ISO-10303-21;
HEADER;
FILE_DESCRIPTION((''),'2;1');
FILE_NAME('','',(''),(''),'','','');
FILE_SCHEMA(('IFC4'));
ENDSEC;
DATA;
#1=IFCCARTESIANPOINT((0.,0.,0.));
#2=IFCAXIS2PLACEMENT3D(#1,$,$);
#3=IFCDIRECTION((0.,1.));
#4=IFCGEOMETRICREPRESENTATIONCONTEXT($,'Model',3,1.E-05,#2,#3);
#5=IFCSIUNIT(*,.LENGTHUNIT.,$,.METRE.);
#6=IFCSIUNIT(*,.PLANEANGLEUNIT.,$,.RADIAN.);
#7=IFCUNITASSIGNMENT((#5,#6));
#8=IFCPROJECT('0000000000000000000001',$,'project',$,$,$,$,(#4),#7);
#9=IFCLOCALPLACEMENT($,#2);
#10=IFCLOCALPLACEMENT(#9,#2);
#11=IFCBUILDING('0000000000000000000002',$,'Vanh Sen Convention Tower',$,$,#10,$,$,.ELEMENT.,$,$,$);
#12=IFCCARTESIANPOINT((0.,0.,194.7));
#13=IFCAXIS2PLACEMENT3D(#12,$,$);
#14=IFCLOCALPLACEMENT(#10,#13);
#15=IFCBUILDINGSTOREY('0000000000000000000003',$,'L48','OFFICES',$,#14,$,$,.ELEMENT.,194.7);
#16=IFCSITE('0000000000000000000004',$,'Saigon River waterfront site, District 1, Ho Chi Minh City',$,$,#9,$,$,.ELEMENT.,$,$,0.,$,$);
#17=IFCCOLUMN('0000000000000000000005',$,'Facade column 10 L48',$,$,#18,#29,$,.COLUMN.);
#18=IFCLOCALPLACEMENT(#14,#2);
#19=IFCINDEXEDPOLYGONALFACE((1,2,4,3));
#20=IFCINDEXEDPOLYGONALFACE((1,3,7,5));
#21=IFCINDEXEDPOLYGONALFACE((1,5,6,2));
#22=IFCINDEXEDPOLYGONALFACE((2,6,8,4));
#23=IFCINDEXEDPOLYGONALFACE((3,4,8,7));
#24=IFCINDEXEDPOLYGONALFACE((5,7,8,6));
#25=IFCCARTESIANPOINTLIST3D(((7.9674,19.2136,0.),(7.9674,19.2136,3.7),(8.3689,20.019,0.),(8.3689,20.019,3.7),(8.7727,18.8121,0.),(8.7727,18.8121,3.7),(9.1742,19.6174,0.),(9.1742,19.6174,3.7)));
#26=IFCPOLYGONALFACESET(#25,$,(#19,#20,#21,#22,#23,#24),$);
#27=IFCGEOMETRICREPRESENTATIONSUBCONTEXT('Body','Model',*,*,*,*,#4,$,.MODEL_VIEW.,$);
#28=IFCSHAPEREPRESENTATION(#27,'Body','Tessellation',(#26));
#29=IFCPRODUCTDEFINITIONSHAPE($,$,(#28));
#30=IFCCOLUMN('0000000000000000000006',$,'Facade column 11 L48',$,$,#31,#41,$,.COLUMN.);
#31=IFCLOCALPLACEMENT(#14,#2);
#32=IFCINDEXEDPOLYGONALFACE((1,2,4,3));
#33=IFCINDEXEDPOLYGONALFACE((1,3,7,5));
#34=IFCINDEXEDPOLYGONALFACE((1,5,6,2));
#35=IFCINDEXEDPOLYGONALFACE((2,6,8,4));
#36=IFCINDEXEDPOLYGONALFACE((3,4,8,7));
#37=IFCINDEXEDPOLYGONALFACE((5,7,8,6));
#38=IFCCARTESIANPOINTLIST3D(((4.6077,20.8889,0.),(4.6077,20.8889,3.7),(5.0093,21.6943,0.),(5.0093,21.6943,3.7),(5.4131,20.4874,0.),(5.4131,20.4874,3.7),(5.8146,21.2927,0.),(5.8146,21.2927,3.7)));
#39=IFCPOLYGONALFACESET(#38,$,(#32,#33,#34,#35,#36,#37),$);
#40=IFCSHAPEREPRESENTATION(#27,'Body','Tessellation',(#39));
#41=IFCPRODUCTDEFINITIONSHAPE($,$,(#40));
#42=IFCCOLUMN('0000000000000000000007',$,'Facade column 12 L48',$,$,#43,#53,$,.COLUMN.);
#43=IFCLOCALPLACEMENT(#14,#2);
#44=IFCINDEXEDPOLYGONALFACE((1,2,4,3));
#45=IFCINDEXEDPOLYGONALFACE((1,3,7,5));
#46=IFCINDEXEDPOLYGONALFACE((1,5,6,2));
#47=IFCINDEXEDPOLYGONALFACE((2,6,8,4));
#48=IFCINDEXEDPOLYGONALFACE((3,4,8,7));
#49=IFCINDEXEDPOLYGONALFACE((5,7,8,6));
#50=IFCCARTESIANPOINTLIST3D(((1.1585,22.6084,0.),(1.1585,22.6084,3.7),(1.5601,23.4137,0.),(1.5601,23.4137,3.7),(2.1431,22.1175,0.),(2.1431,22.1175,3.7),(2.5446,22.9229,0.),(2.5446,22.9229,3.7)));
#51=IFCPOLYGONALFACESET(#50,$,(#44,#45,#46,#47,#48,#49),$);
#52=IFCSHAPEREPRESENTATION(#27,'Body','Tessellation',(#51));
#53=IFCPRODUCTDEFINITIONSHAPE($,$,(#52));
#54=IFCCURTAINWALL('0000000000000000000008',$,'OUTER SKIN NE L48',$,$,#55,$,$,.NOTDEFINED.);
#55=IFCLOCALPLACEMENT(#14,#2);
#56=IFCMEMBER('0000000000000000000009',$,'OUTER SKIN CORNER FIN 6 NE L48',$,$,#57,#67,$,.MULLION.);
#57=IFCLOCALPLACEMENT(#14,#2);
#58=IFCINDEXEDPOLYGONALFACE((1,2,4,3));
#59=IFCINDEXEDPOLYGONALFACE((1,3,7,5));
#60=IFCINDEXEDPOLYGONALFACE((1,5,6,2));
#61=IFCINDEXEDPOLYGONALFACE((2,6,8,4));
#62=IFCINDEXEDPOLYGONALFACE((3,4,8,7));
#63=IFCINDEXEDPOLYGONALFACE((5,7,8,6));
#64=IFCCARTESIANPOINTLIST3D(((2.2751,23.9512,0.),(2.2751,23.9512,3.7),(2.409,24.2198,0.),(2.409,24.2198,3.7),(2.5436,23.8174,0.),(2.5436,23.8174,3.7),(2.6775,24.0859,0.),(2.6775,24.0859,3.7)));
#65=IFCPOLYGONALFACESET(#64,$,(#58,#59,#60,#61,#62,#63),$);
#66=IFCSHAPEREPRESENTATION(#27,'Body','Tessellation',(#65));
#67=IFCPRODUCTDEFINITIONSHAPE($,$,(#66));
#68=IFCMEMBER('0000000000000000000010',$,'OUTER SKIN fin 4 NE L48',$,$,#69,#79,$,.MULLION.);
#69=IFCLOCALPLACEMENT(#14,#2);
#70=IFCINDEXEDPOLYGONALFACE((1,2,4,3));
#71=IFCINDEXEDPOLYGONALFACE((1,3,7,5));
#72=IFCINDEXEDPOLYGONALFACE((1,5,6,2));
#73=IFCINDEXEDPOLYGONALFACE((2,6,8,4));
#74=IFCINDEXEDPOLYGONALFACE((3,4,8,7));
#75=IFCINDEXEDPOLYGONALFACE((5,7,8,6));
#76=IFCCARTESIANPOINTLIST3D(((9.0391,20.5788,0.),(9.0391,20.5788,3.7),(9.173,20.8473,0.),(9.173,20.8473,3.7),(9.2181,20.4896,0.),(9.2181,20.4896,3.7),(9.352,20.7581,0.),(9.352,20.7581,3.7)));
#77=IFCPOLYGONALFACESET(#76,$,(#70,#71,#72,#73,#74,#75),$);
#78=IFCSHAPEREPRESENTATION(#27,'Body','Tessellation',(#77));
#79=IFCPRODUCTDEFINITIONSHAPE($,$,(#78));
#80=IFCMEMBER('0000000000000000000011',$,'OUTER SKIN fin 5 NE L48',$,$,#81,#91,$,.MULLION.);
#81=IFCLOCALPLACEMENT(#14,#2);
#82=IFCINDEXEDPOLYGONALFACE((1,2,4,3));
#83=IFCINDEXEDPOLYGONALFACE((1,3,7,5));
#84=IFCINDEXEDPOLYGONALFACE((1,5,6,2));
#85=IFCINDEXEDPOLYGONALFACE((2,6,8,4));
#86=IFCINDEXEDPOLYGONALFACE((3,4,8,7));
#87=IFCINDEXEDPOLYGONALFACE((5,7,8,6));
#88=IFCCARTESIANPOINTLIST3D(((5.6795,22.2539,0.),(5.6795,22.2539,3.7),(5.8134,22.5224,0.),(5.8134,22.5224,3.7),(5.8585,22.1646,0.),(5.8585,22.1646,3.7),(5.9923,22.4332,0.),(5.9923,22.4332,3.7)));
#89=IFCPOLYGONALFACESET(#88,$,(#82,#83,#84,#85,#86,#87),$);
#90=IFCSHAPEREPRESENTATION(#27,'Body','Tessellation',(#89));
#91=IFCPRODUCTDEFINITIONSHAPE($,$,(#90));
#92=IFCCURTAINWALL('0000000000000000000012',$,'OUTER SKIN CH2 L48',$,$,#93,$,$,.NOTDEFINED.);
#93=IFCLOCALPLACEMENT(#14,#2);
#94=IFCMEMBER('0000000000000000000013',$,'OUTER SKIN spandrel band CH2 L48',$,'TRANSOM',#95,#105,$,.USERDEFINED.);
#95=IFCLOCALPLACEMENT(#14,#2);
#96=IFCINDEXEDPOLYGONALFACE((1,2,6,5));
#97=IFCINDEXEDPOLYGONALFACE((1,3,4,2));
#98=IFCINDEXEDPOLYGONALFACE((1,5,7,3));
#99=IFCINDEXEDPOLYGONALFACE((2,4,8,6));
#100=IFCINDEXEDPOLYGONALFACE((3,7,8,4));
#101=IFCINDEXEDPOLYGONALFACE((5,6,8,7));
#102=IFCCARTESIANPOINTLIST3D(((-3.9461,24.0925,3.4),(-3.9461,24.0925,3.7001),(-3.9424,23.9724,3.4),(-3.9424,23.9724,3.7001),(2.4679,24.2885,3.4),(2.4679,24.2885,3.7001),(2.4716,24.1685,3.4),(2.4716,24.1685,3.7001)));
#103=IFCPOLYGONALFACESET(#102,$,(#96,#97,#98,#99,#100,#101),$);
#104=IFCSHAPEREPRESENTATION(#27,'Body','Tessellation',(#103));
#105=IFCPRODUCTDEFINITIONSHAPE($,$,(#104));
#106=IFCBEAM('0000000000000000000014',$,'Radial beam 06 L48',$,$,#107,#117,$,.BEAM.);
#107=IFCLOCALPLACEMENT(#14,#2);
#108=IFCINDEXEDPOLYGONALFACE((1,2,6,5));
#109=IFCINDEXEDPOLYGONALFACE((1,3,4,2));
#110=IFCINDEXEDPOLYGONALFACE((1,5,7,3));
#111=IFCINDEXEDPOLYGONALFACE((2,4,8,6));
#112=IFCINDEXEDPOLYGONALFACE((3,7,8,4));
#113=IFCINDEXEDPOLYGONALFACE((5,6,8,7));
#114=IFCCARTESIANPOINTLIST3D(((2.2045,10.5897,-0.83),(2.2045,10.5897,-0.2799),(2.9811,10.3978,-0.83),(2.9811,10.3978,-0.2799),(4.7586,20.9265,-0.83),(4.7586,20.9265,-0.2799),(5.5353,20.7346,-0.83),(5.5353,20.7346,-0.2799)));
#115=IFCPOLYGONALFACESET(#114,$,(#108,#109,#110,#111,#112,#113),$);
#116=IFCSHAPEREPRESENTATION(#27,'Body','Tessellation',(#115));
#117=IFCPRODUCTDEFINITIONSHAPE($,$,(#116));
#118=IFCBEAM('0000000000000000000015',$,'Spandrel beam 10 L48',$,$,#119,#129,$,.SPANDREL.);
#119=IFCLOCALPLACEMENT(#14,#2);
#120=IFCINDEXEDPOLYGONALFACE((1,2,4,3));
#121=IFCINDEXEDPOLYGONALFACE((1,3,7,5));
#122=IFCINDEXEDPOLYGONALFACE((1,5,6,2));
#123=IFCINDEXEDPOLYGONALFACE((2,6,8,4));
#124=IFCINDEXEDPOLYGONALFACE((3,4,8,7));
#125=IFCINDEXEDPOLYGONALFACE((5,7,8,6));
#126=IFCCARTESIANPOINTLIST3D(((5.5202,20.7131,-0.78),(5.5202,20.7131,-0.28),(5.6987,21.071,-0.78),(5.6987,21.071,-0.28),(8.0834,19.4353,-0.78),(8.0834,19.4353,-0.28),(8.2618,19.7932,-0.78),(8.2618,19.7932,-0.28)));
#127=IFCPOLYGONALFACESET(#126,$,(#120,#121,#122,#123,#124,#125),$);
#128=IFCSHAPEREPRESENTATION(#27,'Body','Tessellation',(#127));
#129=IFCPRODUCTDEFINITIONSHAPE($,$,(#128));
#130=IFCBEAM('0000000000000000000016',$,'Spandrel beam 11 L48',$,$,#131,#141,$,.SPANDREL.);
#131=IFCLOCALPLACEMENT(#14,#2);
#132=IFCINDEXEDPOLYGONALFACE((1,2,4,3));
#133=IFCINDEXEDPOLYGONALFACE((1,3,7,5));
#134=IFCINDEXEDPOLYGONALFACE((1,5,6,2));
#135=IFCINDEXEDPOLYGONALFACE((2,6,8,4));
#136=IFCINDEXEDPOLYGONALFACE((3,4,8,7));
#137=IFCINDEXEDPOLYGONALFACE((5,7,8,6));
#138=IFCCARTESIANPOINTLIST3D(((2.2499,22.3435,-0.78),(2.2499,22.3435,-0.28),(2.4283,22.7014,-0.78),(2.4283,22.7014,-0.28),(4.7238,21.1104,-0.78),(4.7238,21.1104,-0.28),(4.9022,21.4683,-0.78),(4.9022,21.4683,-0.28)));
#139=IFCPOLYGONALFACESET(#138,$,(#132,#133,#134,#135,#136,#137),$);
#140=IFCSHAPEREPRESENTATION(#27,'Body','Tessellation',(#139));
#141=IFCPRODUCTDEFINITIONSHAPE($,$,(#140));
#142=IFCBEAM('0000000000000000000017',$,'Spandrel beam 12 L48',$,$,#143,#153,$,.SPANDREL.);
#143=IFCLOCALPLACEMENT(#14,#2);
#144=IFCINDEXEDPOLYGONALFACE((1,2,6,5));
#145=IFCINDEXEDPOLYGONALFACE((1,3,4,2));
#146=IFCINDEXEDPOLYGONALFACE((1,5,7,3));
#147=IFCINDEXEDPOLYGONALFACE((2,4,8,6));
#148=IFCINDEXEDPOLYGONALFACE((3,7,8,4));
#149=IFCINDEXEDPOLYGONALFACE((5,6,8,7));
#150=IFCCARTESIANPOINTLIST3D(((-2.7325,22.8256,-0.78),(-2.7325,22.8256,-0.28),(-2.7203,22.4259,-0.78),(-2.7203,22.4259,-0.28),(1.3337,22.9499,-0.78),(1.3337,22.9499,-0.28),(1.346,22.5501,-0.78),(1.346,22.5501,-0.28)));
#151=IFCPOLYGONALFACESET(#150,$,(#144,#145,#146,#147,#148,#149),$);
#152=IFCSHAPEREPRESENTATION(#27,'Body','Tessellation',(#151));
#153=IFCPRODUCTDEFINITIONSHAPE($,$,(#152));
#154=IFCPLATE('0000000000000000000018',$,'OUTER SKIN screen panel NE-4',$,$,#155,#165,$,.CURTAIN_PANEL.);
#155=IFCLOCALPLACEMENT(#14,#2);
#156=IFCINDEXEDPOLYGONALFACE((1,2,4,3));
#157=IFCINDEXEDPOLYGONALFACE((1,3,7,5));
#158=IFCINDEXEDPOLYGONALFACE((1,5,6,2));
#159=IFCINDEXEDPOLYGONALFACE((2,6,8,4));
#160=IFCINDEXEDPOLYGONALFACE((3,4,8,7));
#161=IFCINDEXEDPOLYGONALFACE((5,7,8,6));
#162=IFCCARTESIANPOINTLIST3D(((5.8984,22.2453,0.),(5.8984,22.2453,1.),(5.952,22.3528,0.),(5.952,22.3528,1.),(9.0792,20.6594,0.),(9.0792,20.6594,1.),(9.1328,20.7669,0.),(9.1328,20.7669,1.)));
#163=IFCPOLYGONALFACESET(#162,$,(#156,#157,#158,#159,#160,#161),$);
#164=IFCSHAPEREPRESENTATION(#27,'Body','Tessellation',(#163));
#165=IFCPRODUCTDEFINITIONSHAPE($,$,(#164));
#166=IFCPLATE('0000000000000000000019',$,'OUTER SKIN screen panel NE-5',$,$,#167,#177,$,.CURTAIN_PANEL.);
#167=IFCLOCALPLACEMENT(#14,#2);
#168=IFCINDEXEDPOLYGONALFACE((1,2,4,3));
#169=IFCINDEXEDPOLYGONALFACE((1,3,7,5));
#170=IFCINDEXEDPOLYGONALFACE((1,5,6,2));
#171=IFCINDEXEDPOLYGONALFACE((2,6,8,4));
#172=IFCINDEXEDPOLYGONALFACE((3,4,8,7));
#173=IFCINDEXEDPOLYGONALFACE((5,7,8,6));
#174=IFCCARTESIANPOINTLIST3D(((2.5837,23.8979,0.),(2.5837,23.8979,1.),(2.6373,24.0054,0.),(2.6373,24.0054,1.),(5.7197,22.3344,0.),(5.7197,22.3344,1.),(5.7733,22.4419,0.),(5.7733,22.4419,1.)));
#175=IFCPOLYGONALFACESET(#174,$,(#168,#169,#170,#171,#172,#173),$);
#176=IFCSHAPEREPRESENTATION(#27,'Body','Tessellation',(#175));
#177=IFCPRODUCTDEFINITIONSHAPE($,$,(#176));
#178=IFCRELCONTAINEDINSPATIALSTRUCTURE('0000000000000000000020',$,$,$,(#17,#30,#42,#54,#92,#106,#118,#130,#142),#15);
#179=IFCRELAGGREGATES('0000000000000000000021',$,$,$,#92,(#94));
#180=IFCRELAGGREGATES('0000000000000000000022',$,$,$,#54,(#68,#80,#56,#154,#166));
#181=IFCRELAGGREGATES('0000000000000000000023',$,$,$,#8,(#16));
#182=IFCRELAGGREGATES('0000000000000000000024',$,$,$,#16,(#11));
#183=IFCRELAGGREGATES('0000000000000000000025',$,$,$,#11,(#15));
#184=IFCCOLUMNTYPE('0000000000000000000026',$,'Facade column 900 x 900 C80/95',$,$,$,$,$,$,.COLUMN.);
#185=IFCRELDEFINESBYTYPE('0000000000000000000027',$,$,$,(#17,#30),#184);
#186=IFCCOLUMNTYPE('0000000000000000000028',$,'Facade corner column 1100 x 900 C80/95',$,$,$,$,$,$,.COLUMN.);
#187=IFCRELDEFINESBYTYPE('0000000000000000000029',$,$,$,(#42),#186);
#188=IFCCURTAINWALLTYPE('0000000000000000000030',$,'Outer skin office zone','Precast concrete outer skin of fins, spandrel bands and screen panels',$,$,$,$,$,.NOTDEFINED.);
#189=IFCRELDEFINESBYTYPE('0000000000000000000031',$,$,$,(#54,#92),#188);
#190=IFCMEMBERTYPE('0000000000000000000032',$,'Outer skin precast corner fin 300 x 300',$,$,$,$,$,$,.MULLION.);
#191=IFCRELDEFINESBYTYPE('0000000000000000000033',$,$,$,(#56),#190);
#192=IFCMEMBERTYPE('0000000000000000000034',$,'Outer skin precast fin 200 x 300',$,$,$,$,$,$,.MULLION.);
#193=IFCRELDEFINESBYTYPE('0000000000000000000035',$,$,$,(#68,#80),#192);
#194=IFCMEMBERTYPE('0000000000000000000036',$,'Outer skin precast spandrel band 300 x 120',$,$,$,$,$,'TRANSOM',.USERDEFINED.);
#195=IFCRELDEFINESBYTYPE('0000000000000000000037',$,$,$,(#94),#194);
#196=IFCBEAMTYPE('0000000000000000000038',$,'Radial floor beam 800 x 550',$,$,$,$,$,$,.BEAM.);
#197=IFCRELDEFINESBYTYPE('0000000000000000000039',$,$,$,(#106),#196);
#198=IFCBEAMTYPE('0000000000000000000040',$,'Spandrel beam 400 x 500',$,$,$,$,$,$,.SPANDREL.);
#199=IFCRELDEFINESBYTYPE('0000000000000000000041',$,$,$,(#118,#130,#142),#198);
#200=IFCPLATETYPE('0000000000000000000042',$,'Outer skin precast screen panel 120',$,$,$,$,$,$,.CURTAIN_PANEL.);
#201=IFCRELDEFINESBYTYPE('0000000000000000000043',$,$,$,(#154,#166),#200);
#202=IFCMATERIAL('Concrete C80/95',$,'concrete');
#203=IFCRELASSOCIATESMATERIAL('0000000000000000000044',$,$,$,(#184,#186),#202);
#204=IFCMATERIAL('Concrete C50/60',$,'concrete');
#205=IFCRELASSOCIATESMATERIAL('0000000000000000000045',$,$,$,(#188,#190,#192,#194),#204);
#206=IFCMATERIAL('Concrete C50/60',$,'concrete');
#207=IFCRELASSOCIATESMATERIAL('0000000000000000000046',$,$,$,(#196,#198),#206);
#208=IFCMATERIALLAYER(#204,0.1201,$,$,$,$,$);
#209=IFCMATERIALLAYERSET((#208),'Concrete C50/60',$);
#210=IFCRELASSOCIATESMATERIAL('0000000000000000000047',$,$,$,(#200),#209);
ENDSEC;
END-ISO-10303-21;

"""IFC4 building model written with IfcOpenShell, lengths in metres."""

from ifc_helpers import new_model, si_unit, direction, frame, origin, origin_2d, place, context, subcontext, project, spatial, rectangle, extrude, material, layer, layer_set, material_profile, profile_set, type_object, element, aggregate, save


model = new_model("IFC4")

# Units and contexts
model_context = context("Model", 3, precision=1e-05, world=origin(), true_north=direction((0.0, 1.0)))
body_context = subcontext(model_context, "Body", "Model", "MODEL_VIEW")
ifc_project = project(units=[si_unit("LENGTHUNIT", "METRE"), si_unit("PLANEANGLEUNIT", "RADIAN")], contexts=[model_context])

# Site, building, storey
site_placement = place(None, origin())
site = spatial("IfcSite", under=ifc_project, at=site_placement, Name="Saigon River waterfront site, District 1, Ho Chi Minh City", CompositionType="ELEMENT", RefElevation=0.0)
building_placement = place(site_placement, origin())
building = spatial("IfcBuilding", under=site, at=building_placement, Name="Vanh Sen Convention Tower", CompositionType="ELEMENT")
storey_placement = place(building_placement, frame((0.0, 0.0, 194.7)))
storey = spatial("IfcBuildingStorey", under=building, at=storey_placement, Name="L48", Description="OFFICES", CompositionType="ELEMENT", Elevation=194.7)

# Columns
ifc_material_1 = material(Name="Concrete C80/95", Category="concrete")
ifc_material_profile_1 = material_profile(ifc_material_1, rectangle(XDim=0.8999, YDim=0.8999, at=origin_2d()), Name="RC 900X900")
ifc_profile_set_1 = profile_set([ifc_material_profile_1], Name="Concrete C80/95")
column_type_1 = type_object("IfcColumnType", Name="Facade column 900 x 900 C80/95", PredefinedType="COLUMN", material=ifc_profile_set_1)
for number, where, z_axis, x_axis, name in (
    (1, (8.5708, 19.4155, 0.0), (0.0, 0.0, 1.0), (-0.894934, 0.446198, 0.0), "Facade column 10 L48"),
    (2, (5.2112, 21.0908, 0.0), (0.0, 0.0, 1.0), (-0.894934, 0.446198, 0.0), "Facade column 11 L48"),
):
    element("IfcColumn", number, at=place(storey_placement, frame(where, z_axis=z_axis, x_axis=x_axis)), inside=storey, type_object=column_type_1, Name=name, PredefinedType="COLUMN", context=body_context, shape_type="SweptSolid", body=[
        extrude(rectangle(XDim=0.8999, YDim=0.8999, at=origin_2d()), origin(), (0.0, 0.0, 1.0), 3.7),
    ])
ifc_material_profile_2 = material_profile(ifc_material_1, rectangle(XDim=1.1001, YDim=0.8999, at=origin_2d()), Name="RC 1100X900")
ifc_profile_set_2 = profile_set([ifc_material_profile_2], Name="Concrete C80/95")
column_type_2 = type_object("IfcColumnType", Name="Facade corner column 1100 x 900 C80/95", PredefinedType="COLUMN", material=ifc_profile_set_2)
column_placement = place(storey_placement, frame((1.8516, 22.7656, 0.0), z_axis=(0.0, 0.0, 1.0), x_axis=(-0.894934, 0.446198, 0.0)))
element("IfcColumn", 3, at=column_placement, inside=storey, type_object=column_type_2, Name="Facade column 12 L48", PredefinedType="COLUMN", context=body_context, shape_type="SweptSolid", body=[
    extrude(rectangle(XDim=1.1001, YDim=0.8999, at=origin_2d()), origin(), (0.0, 0.0, 1.0), 3.7),
])

# Curtain wall, members
ifc_material_2 = material(Name="Concrete C50/60", Category="concrete")
curtain_wall_type = type_object("IfcCurtainWallType", Name="Outer skin office zone", Description="Precast concrete outer skin of fins, spandrel bands and screen panels", PredefinedType="NOTDEFINED", material=ifc_material_2)
curtain_wall_1_placement = place(storey_placement, origin())
curtain_wall_1 = element("IfcCurtainWall", 4, at=curtain_wall_1_placement, inside=storey, type_object=curtain_wall_type, Name="OUTER SKIN NE L48", PredefinedType="NOTDEFINED")
ifc_material_profile_3 = material_profile(ifc_material_2, rectangle(XDim=0.3, YDim=0.3, at=origin_2d()), Name="Outer skin precast corner fin 300 x 300")
ifc_profile_set_3 = profile_set([ifc_material_profile_3], Name="Concrete C50/60")
member_type_1 = type_object("IfcMemberType", Name="Outer skin precast corner fin 300 x 300", PredefinedType="MULLION", material=ifc_profile_set_3)
member_1_placement = place(storey_placement, frame((2.4763, 24.0186, 0.0), z_axis=(0.0, 0.0, 1.0), x_axis=(-0.894934, 0.446198, 0.0)))
member_1 = element("IfcMember", 5, at=member_1_placement, type_object=member_type_1, Name="OUTER SKIN CORNER FIN 6 NE L48", PredefinedType="MULLION", context=body_context, shape_type="SweptSolid", body=[
    extrude(rectangle(XDim=0.3, YDim=0.3, at=origin_2d()), origin(), (0.0, 0.0, 1.0), 3.7),
])
ifc_material_profile_4 = material_profile(ifc_material_2, rectangle(XDim=0.2, YDim=0.3, at=origin_2d()), Name="Outer skin precast fin 200 x 300")
ifc_profile_set_4 = profile_set([ifc_material_profile_4], Name="Concrete C50/60")
member_type_2 = type_object("IfcMemberType", Name="Outer skin precast fin 200 x 300", PredefinedType="MULLION", material=ifc_profile_set_4)
member_2_placement = place(storey_placement, frame((9.1956, 20.6685, 0.0), z_axis=(0.0, 0.0, 1.0), x_axis=(-0.894934, 0.446198, 0.0)))
member_2 = element("IfcMember", 6, at=member_2_placement, type_object=member_type_2, Name="OUTER SKIN fin 4 NE L48", PredefinedType="MULLION", context=body_context, shape_type="SweptSolid", body=[
    extrude(rectangle(XDim=0.2, YDim=0.3, at=origin_2d()), origin(), (0.0, 0.0, 1.0), 3.7),
])
member_3_placement = place(storey_placement, frame((5.8359, 22.3435, 0.0), z_axis=(0.0, 0.0, 1.0), x_axis=(-0.894934, 0.446198, 0.0)))
member_3 = element("IfcMember", 7, at=member_3_placement, type_object=member_type_2, Name="OUTER SKIN fin 5 NE L48", PredefinedType="MULLION", context=body_context, shape_type="SweptSolid", body=[
    extrude(rectangle(XDim=0.2, YDim=0.3, at=origin_2d()), origin(), (0.0, 0.0, 1.0), 3.7),
])

# Curtain wall, member
curtain_wall_2_placement = place(storey_placement, origin())
curtain_wall_2 = element("IfcCurtainWall", 8, at=curtain_wall_2_placement, inside=storey, type_object=curtain_wall_type, Name="OUTER SKIN CH2 L48", PredefinedType="NOTDEFINED")
ifc_material_profile_5 = material_profile(ifc_material_2, rectangle(XDim=0.1201, YDim=0.3, at=origin_2d()), Name="Outer skin precast spandrel band 300 x 120")
ifc_profile_set_5 = profile_set([ifc_material_profile_5], Name="Concrete C50/60")
member_type_3 = type_object("IfcMemberType", Name="Outer skin precast spandrel band 300 x 120", ElementType="TRANSOM", PredefinedType="USERDEFINED", material=ifc_profile_set_5)
member_4_placement = place(storey_placement, frame((2.4697, 24.2285, 3.55), z_axis=(-0.999533, -0.030551, 0.0), x_axis=(0.030551, -0.999533, 0.0)))
member_4 = element("IfcMember", 9, at=member_4_placement, type_object=member_type_3, Name="OUTER SKIN spandrel band CH2 L48", ObjectType="TRANSOM", PredefinedType="USERDEFINED", context=body_context, shape_type="SweptSolid", body=[
    extrude(rectangle(XDim=0.1201, YDim=0.3, at=origin_2d()), origin(), (0.0, 0.0, 1.0), 6.417),
])
aggregate(curtain_wall_2, [member_4])

# Beams
ifc_material_3 = material(Name="Concrete C50/60", Category="concrete")
ifc_material_profile_6 = material_profile(ifc_material_3, rectangle(XDim=0.8, YDim=0.55, at=origin_2d()), Name="RC 800X550")
ifc_profile_set_6 = profile_set([ifc_material_profile_6], Name="Concrete C50/60")
beam_type_1 = type_object("IfcBeamType", Name="Radial floor beam 800 x 550", PredefinedType="BEAM", material=ifc_profile_set_6)
beam_1_placement = place(storey_placement, frame((5.147, 20.8306, -0.5549), z_axis=(-0.23988, -0.970802, 0.0), x_axis=(0.970802, -0.23988, 0.0)))
element("IfcBeam", 10, at=beam_1_placement, inside=storey, type_object=beam_type_1, Name="Radial beam 06 L48", PredefinedType="BEAM", context=body_context, shape_type="SweptSolid", body=[
    extrude(rectangle(XDim=0.8, YDim=0.55, at=origin_2d()), origin(), (0.0, 0.0, 1.0), 10.6477),
])
ifc_material_profile_7 = material_profile(ifc_material_3, rectangle(XDim=0.3999, YDim=0.5, at=origin_2d()), Name="RC 400X500")
ifc_profile_set_7 = profile_set([ifc_material_profile_7], Name="Concrete C50/60")
beam_type_2 = type_object("IfcBeamType", Name="Spandrel beam 400 x 500", PredefinedType="SPANDREL", material=ifc_profile_set_7)
beam_2_placement = place(storey_placement, frame((8.1726, 19.6143, -0.53), z_axis=(-0.894955, 0.446156, 0.0), x_axis=(-0.446156, -0.894955, 0.0)))
element("IfcBeam", 11, at=beam_2_placement, inside=storey, type_object=beam_type_2, Name="Spandrel beam 10 L48", PredefinedType="SPANDREL", context=body_context, shape_type="SweptSolid", body=[
    extrude(rectangle(XDim=0.3999, YDim=0.5, at=origin_2d()), origin(), (0.0, 0.0, 1.0), 2.864),
])
beam_3_placement = place(storey_placement, frame((4.813, 21.2893, -0.53), z_axis=(-0.894974, 0.446118, 0.0), x_axis=(-0.446118, -0.894974, 0.0)))
element("IfcBeam", 12, at=beam_3_placement, inside=storey, type_object=beam_type_2, Name="Spandrel beam 11 L48", PredefinedType="SPANDREL", context=body_context, shape_type="SweptSolid", body=[
    extrude(rectangle(XDim=0.3999, YDim=0.5, at=origin_2d()), origin(), (0.0, 0.0, 1.0), 2.7642),
])
beam_4_placement = place(storey_placement, frame((1.3398, 22.75, -0.53), z_axis=(-0.999533, -0.030547, 0.0), x_axis=(0.030547, -0.999533, 0.0)))
element("IfcBeam", 13, at=beam_4_placement, inside=storey, type_object=beam_type_2, Name="Spandrel beam 12 L48", PredefinedType="SPANDREL", context=body_context, shape_type="SweptSolid", body=[
    extrude(rectangle(XDim=0.3999, YDim=0.5, at=origin_2d()), origin(), (0.0, 0.0, 1.0), 4.0681),
])

# Plates
ifc_layer_1 = layer(ifc_material_2, 0.1201)
ifc_layer_set_1 = layer_set([ifc_layer_1], Name="Concrete C50/60")
plate_type = type_object("IfcPlateType", Name="Outer skin precast screen panel 120", PredefinedType="CURTAIN_PANEL", material=ifc_layer_set_1)
plate_1_placement = place(storey_placement, frame((7.5156, 21.5061, 0.0), z_axis=(0.0, 0.0, 1.0), x_axis=(-0.894933, 0.446201, 0.0)))
plate_1 = element("IfcPlate", 14, at=plate_1_placement, type_object=plate_type, Name="OUTER SKIN screen panel NE-4", PredefinedType="CURTAIN_PANEL", context=body_context, shape_type="SweptSolid", body=[
    extrude(rectangle(XDim=3.5542, YDim=0.1201, at=origin_2d()), origin(), (0.0, 0.0, 1.0), 1.0),
])
plate_2_placement = place(storey_placement, frame((4.1785, 23.1699, 0.0), z_axis=(0.0, 0.0, 1.0), x_axis=(-0.894944, 0.446179, 0.0)))
plate_2 = element("IfcPlate", 15, at=plate_2_placement, type_object=plate_type, Name="OUTER SKIN screen panel NE-5", PredefinedType="CURTAIN_PANEL", context=body_context, shape_type="SweptSolid", body=[
    extrude(rectangle(XDim=3.5042, YDim=0.1201, at=origin_2d()), origin(), (0.0, 0.0, 1.0), 1.0),
])
aggregate(curtain_wall_1, [member_2, member_3, member_1, plate_1, plate_2])

save(model, "model.ifc")
